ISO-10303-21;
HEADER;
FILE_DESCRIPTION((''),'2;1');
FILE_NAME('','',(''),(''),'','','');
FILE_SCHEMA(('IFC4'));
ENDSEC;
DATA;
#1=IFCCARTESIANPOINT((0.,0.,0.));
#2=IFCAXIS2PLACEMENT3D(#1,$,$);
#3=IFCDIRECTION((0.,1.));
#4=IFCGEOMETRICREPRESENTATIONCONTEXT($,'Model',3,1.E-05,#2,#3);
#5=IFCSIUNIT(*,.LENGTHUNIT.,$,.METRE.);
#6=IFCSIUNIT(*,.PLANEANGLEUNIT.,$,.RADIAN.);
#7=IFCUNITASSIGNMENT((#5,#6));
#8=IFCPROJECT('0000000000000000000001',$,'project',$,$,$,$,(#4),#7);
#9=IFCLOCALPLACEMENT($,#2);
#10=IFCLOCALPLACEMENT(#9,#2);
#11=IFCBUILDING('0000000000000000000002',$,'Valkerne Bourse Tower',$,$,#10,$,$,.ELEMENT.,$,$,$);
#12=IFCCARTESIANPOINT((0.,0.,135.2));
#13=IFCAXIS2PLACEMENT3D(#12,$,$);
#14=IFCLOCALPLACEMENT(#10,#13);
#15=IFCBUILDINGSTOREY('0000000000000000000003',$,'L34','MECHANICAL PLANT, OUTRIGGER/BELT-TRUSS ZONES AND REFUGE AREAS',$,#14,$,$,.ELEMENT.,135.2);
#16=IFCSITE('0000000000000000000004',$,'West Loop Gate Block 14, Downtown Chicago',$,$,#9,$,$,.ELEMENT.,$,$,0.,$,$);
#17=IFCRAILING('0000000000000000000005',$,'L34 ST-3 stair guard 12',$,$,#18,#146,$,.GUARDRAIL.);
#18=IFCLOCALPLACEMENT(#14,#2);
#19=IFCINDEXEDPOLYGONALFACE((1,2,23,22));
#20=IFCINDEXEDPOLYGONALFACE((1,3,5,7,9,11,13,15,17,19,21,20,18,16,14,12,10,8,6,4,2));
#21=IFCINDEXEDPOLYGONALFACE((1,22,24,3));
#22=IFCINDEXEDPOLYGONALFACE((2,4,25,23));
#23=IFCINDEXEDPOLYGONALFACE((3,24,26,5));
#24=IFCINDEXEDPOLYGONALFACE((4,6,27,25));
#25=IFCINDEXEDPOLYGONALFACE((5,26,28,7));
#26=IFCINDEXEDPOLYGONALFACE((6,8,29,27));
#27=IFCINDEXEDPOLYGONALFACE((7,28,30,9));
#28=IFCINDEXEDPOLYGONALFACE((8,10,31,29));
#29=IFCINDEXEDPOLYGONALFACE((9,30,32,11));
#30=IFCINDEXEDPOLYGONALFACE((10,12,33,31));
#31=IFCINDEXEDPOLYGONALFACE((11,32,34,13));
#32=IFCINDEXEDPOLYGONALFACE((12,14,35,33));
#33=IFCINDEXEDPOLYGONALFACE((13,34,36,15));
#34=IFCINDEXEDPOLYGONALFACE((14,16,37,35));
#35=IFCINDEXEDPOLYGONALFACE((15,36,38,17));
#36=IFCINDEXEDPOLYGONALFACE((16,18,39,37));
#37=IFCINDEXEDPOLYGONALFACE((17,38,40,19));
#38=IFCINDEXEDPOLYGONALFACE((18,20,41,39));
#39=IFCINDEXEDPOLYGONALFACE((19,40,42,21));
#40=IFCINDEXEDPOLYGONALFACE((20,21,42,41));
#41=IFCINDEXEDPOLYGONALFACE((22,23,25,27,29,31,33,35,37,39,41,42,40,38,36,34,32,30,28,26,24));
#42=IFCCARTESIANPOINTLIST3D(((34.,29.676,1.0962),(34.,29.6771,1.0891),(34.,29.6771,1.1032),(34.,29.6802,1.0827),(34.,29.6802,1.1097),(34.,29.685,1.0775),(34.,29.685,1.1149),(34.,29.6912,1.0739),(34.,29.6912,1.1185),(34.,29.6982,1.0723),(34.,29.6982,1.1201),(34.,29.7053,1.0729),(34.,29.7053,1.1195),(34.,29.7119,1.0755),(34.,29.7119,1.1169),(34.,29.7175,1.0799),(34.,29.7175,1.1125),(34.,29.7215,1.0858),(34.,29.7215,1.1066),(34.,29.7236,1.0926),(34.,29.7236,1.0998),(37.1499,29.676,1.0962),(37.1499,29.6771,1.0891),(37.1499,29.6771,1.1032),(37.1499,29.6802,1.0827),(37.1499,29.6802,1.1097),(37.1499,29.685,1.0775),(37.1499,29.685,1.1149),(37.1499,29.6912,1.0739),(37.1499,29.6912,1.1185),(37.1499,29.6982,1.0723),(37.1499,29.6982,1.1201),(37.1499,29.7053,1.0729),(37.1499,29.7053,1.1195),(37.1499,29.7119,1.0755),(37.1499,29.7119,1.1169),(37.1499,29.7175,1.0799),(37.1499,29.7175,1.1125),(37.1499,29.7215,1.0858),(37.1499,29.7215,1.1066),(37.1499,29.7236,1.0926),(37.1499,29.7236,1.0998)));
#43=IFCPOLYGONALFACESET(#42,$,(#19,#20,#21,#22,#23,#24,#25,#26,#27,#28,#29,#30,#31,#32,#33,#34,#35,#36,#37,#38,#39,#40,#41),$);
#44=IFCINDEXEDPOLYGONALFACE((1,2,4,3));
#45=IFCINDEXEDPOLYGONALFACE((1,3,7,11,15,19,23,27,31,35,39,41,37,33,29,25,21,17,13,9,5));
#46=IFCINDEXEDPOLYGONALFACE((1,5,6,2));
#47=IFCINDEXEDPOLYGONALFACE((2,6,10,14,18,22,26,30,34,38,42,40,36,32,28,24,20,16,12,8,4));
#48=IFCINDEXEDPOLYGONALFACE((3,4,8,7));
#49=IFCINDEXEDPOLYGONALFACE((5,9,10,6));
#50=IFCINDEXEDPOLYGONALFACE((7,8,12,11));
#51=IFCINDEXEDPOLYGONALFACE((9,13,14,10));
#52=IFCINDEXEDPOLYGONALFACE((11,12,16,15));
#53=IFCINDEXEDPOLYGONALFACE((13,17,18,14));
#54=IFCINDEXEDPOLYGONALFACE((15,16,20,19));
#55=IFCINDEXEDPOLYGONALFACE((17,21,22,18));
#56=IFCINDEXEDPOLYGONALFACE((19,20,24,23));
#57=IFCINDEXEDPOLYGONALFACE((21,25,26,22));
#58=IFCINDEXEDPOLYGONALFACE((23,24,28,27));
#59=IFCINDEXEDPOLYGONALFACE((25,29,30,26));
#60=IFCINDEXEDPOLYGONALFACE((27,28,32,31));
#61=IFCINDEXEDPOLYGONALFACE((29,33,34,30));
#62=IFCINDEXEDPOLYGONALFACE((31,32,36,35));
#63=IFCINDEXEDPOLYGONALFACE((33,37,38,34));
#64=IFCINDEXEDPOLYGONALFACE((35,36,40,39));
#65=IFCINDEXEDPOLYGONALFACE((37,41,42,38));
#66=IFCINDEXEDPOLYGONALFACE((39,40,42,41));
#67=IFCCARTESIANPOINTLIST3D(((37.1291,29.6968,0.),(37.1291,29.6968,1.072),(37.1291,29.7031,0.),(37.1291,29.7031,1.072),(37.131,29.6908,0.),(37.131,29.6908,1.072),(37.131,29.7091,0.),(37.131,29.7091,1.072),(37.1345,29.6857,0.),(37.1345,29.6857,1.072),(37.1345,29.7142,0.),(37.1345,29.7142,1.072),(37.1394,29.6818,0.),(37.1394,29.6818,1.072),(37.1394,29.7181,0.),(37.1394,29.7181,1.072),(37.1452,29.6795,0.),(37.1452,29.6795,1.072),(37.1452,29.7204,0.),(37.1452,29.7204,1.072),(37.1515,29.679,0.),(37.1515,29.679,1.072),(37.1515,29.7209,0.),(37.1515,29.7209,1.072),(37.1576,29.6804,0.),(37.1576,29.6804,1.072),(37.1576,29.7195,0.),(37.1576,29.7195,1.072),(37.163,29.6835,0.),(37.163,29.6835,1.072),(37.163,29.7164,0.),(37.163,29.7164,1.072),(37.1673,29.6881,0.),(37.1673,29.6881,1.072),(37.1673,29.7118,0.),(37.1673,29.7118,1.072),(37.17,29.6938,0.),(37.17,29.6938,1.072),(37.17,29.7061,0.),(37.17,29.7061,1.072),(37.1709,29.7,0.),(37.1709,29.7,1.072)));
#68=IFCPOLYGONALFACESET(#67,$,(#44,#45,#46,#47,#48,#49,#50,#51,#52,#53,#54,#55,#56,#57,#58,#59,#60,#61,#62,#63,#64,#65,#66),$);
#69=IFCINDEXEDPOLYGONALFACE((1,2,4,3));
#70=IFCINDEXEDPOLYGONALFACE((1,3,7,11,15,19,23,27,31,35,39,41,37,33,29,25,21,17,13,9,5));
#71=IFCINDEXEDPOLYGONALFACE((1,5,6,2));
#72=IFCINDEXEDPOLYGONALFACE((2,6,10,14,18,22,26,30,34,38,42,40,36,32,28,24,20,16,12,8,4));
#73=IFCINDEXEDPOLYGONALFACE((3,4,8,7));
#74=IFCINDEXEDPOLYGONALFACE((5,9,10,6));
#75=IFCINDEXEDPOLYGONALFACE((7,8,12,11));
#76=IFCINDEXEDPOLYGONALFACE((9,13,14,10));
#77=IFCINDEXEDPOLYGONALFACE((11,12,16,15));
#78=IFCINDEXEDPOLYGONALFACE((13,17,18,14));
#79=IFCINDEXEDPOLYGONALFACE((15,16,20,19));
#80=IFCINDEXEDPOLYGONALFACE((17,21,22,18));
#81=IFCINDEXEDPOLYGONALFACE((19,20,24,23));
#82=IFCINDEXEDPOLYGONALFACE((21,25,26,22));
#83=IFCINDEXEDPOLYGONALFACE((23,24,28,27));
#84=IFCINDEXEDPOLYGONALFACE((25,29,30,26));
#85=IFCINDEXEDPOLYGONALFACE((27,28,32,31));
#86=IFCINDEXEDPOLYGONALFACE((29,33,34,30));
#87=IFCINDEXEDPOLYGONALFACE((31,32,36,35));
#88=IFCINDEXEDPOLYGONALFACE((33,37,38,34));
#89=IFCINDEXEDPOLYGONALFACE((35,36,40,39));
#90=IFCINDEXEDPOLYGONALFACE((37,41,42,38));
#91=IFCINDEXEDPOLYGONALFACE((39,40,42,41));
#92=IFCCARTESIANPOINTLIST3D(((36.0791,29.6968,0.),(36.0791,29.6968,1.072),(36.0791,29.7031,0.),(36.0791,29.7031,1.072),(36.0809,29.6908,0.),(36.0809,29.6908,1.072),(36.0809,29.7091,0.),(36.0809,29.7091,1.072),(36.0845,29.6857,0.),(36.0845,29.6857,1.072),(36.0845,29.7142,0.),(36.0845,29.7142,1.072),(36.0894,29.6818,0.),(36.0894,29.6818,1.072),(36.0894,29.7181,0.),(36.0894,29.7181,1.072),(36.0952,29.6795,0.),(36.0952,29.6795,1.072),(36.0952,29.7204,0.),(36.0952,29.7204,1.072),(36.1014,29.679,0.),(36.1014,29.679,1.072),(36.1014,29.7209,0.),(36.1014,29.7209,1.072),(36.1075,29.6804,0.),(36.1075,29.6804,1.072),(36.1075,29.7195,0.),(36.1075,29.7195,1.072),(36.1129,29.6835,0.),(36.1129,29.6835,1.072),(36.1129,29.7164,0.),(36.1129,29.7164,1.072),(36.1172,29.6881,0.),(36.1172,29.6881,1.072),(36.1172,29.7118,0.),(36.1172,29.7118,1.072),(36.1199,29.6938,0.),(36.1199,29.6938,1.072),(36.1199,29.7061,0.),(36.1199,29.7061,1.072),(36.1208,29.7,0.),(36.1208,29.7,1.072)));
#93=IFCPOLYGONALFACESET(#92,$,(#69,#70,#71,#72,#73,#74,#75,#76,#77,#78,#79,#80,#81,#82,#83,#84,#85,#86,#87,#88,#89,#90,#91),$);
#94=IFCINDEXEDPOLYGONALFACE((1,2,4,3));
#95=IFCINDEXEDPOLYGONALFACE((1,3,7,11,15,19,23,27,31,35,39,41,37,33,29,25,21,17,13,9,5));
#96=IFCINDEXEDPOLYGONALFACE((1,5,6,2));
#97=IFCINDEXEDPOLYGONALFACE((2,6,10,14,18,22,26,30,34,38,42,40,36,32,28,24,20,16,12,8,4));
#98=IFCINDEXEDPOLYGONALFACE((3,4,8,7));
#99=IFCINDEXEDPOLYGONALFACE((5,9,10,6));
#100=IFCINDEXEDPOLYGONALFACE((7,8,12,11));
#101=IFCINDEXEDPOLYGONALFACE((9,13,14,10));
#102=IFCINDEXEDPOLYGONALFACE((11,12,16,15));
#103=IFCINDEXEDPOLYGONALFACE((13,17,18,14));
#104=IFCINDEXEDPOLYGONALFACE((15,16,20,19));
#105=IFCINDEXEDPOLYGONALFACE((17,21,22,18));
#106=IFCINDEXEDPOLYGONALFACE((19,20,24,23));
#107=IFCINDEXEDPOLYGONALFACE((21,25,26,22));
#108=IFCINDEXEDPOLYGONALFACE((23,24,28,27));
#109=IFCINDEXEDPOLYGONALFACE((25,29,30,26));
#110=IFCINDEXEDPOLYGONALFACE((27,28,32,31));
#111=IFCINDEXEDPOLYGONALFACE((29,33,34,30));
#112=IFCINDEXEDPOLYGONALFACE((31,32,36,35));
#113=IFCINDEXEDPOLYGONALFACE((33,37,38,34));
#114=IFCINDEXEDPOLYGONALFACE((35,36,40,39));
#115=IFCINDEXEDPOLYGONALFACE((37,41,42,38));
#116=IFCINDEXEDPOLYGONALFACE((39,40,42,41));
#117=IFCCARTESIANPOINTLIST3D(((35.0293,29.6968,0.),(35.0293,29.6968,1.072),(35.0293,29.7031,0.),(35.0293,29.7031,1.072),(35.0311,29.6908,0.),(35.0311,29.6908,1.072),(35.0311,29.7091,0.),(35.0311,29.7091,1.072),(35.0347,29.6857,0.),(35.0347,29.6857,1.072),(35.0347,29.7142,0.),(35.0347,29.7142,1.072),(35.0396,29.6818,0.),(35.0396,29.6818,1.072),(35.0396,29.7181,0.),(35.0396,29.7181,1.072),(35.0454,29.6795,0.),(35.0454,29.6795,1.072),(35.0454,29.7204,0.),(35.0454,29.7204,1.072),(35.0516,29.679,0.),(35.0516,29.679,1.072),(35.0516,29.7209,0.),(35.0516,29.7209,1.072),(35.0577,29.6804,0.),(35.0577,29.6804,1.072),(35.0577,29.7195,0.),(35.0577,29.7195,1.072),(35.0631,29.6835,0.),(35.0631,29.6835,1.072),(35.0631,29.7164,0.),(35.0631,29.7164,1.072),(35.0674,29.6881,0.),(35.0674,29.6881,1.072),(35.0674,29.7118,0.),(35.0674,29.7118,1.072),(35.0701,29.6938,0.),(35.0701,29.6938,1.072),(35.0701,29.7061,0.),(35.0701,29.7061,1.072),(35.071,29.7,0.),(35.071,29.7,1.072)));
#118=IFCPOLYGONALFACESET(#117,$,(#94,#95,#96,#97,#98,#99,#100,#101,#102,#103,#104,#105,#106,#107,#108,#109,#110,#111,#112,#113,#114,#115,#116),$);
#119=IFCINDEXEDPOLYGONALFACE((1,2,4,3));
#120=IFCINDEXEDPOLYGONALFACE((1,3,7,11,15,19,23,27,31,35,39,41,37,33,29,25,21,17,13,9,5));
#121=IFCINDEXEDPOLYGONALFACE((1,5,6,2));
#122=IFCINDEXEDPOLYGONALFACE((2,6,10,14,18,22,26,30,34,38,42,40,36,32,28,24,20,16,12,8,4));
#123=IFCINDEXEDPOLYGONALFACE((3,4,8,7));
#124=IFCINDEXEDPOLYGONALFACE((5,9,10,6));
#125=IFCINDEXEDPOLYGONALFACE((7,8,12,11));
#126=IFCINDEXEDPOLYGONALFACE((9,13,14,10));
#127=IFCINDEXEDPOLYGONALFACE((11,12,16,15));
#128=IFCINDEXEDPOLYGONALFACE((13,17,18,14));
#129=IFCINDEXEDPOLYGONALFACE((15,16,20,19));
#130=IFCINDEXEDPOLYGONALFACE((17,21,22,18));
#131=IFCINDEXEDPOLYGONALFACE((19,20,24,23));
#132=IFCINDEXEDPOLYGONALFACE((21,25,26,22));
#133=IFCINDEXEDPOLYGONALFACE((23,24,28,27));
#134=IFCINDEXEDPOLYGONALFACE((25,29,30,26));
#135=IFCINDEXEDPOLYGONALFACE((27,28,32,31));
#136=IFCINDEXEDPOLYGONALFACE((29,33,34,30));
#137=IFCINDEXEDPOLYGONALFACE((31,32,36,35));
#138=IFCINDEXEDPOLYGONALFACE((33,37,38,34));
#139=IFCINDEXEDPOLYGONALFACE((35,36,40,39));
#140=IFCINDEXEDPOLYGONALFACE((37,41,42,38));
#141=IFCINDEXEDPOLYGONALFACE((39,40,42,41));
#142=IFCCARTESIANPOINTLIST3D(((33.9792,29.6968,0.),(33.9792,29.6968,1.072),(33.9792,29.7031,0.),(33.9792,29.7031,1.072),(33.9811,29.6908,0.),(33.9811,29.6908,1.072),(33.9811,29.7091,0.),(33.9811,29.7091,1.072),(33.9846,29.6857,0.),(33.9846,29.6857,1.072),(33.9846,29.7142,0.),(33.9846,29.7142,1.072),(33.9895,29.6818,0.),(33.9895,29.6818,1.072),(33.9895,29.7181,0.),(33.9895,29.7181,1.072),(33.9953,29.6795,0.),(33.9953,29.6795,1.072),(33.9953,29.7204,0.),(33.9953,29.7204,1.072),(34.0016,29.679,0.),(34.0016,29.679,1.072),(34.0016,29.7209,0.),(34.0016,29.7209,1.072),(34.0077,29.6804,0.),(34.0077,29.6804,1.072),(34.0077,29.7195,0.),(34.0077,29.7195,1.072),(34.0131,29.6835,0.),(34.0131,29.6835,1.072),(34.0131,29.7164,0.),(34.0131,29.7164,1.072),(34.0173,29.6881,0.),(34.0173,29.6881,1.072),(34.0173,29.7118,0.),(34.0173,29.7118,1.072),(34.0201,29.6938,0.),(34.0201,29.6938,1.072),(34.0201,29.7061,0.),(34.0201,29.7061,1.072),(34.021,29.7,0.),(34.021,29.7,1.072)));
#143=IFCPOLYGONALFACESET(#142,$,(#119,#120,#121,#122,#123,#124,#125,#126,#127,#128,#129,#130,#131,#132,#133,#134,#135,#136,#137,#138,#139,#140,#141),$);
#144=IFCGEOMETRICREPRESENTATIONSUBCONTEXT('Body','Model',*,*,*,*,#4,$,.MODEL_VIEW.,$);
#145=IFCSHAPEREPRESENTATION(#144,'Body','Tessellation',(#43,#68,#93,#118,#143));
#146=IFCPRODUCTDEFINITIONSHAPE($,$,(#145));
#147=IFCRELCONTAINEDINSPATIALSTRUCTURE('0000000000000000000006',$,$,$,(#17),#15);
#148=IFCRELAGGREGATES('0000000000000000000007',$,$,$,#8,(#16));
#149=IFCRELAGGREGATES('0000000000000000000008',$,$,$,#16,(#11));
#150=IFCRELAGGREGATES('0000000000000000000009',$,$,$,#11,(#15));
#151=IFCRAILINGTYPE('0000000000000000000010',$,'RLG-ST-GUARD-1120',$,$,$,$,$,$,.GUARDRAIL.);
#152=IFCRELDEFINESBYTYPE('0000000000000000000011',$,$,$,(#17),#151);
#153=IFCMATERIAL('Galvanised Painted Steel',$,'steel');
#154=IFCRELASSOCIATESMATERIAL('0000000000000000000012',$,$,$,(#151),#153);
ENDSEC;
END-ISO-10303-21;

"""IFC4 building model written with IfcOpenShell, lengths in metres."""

from ifc_helpers import new_model, si_unit, direction, frame, origin, origin_2d, place, context, subcontext, project, spatial, circle, extrude, material, type_object, element, save


model = new_model("IFC4")

# Units and contexts
model_context = context("Model", 3, precision=1e-05, world=origin(), true_north=direction((0.0, 1.0)))
body_context = subcontext(model_context, "Body", "Model", "MODEL_VIEW")
ifc_project = project(units=[si_unit("LENGTHUNIT", "METRE"), si_unit("PLANEANGLEUNIT", "RADIAN")], contexts=[model_context])

# Site, building, storey
site_placement = place(None, origin())
site = spatial("IfcSite", under=ifc_project, at=site_placement, Name="West Loop Gate Block 14, Downtown Chicago", CompositionType="ELEMENT", RefElevation=0.0)
building_placement = place(site_placement, origin())
building = spatial("IfcBuilding", under=site, at=building_placement, Name="Valkerne Bourse Tower", CompositionType="ELEMENT")
storey_placement = place(building_placement, frame((0.0, 0.0, 135.2)))
storey = spatial("IfcBuildingStorey", under=building, at=storey_placement, Name="L34", Description="MECHANICAL PLANT, OUTRIGGER/BELT-TRUSS ZONES AND REFUGE AREAS", CompositionType="ELEMENT", Elevation=135.2)

# Shared definitions
ifc_material_1 = material(Name="Galvanised Painted Steel", Category="steel")

# Railing
railing_type_1 = type_object("IfcRailingType", Name="RLG-ST-GUARD-1120", PredefinedType="GUARDRAIL", material=ifc_material_1)
railing_1_placement = place(storey_placement, frame((37.1499, 29.7, 0.0)))
element("IfcRailing", 1, at=railing_1_placement, inside=storey, type_object=railing_type_1, Name="L34 ST-3 stair guard 12", PredefinedType="GUARDRAIL", context=body_context, shape_type="SweptSolid", body=[
    extrude(circle(Radius=0.0239, at=origin_2d()), frame((0.0, 0.0, 1.0962), z_axis=(-1.0, 0.0, 0.0), x_axis=(0.0, -1.0, 0.0)), (0.0, 0.0, 1.0), 3.1499),
    extrude(circle(Radius=0.021, at=origin_2d()), origin(), (0.0, 0.0, 1.0), 1.072),
    extrude(circle(Radius=0.021, at=origin_2d()), frame((-1.05, 0.0, 0.0)), (0.0, 0.0, 1.0), 1.072),
    extrude(circle(Radius=0.021, at=origin_2d()), frame((-2.0999, 0.0, 0.0)), (0.0, 0.0, 1.0), 1.072),
    extrude(circle(Radius=0.021, at=origin_2d()), frame((-3.1499, 0.0, 0.0)), (0.0, 0.0, 1.0), 1.072),
])

save(model, "model.ifc")
